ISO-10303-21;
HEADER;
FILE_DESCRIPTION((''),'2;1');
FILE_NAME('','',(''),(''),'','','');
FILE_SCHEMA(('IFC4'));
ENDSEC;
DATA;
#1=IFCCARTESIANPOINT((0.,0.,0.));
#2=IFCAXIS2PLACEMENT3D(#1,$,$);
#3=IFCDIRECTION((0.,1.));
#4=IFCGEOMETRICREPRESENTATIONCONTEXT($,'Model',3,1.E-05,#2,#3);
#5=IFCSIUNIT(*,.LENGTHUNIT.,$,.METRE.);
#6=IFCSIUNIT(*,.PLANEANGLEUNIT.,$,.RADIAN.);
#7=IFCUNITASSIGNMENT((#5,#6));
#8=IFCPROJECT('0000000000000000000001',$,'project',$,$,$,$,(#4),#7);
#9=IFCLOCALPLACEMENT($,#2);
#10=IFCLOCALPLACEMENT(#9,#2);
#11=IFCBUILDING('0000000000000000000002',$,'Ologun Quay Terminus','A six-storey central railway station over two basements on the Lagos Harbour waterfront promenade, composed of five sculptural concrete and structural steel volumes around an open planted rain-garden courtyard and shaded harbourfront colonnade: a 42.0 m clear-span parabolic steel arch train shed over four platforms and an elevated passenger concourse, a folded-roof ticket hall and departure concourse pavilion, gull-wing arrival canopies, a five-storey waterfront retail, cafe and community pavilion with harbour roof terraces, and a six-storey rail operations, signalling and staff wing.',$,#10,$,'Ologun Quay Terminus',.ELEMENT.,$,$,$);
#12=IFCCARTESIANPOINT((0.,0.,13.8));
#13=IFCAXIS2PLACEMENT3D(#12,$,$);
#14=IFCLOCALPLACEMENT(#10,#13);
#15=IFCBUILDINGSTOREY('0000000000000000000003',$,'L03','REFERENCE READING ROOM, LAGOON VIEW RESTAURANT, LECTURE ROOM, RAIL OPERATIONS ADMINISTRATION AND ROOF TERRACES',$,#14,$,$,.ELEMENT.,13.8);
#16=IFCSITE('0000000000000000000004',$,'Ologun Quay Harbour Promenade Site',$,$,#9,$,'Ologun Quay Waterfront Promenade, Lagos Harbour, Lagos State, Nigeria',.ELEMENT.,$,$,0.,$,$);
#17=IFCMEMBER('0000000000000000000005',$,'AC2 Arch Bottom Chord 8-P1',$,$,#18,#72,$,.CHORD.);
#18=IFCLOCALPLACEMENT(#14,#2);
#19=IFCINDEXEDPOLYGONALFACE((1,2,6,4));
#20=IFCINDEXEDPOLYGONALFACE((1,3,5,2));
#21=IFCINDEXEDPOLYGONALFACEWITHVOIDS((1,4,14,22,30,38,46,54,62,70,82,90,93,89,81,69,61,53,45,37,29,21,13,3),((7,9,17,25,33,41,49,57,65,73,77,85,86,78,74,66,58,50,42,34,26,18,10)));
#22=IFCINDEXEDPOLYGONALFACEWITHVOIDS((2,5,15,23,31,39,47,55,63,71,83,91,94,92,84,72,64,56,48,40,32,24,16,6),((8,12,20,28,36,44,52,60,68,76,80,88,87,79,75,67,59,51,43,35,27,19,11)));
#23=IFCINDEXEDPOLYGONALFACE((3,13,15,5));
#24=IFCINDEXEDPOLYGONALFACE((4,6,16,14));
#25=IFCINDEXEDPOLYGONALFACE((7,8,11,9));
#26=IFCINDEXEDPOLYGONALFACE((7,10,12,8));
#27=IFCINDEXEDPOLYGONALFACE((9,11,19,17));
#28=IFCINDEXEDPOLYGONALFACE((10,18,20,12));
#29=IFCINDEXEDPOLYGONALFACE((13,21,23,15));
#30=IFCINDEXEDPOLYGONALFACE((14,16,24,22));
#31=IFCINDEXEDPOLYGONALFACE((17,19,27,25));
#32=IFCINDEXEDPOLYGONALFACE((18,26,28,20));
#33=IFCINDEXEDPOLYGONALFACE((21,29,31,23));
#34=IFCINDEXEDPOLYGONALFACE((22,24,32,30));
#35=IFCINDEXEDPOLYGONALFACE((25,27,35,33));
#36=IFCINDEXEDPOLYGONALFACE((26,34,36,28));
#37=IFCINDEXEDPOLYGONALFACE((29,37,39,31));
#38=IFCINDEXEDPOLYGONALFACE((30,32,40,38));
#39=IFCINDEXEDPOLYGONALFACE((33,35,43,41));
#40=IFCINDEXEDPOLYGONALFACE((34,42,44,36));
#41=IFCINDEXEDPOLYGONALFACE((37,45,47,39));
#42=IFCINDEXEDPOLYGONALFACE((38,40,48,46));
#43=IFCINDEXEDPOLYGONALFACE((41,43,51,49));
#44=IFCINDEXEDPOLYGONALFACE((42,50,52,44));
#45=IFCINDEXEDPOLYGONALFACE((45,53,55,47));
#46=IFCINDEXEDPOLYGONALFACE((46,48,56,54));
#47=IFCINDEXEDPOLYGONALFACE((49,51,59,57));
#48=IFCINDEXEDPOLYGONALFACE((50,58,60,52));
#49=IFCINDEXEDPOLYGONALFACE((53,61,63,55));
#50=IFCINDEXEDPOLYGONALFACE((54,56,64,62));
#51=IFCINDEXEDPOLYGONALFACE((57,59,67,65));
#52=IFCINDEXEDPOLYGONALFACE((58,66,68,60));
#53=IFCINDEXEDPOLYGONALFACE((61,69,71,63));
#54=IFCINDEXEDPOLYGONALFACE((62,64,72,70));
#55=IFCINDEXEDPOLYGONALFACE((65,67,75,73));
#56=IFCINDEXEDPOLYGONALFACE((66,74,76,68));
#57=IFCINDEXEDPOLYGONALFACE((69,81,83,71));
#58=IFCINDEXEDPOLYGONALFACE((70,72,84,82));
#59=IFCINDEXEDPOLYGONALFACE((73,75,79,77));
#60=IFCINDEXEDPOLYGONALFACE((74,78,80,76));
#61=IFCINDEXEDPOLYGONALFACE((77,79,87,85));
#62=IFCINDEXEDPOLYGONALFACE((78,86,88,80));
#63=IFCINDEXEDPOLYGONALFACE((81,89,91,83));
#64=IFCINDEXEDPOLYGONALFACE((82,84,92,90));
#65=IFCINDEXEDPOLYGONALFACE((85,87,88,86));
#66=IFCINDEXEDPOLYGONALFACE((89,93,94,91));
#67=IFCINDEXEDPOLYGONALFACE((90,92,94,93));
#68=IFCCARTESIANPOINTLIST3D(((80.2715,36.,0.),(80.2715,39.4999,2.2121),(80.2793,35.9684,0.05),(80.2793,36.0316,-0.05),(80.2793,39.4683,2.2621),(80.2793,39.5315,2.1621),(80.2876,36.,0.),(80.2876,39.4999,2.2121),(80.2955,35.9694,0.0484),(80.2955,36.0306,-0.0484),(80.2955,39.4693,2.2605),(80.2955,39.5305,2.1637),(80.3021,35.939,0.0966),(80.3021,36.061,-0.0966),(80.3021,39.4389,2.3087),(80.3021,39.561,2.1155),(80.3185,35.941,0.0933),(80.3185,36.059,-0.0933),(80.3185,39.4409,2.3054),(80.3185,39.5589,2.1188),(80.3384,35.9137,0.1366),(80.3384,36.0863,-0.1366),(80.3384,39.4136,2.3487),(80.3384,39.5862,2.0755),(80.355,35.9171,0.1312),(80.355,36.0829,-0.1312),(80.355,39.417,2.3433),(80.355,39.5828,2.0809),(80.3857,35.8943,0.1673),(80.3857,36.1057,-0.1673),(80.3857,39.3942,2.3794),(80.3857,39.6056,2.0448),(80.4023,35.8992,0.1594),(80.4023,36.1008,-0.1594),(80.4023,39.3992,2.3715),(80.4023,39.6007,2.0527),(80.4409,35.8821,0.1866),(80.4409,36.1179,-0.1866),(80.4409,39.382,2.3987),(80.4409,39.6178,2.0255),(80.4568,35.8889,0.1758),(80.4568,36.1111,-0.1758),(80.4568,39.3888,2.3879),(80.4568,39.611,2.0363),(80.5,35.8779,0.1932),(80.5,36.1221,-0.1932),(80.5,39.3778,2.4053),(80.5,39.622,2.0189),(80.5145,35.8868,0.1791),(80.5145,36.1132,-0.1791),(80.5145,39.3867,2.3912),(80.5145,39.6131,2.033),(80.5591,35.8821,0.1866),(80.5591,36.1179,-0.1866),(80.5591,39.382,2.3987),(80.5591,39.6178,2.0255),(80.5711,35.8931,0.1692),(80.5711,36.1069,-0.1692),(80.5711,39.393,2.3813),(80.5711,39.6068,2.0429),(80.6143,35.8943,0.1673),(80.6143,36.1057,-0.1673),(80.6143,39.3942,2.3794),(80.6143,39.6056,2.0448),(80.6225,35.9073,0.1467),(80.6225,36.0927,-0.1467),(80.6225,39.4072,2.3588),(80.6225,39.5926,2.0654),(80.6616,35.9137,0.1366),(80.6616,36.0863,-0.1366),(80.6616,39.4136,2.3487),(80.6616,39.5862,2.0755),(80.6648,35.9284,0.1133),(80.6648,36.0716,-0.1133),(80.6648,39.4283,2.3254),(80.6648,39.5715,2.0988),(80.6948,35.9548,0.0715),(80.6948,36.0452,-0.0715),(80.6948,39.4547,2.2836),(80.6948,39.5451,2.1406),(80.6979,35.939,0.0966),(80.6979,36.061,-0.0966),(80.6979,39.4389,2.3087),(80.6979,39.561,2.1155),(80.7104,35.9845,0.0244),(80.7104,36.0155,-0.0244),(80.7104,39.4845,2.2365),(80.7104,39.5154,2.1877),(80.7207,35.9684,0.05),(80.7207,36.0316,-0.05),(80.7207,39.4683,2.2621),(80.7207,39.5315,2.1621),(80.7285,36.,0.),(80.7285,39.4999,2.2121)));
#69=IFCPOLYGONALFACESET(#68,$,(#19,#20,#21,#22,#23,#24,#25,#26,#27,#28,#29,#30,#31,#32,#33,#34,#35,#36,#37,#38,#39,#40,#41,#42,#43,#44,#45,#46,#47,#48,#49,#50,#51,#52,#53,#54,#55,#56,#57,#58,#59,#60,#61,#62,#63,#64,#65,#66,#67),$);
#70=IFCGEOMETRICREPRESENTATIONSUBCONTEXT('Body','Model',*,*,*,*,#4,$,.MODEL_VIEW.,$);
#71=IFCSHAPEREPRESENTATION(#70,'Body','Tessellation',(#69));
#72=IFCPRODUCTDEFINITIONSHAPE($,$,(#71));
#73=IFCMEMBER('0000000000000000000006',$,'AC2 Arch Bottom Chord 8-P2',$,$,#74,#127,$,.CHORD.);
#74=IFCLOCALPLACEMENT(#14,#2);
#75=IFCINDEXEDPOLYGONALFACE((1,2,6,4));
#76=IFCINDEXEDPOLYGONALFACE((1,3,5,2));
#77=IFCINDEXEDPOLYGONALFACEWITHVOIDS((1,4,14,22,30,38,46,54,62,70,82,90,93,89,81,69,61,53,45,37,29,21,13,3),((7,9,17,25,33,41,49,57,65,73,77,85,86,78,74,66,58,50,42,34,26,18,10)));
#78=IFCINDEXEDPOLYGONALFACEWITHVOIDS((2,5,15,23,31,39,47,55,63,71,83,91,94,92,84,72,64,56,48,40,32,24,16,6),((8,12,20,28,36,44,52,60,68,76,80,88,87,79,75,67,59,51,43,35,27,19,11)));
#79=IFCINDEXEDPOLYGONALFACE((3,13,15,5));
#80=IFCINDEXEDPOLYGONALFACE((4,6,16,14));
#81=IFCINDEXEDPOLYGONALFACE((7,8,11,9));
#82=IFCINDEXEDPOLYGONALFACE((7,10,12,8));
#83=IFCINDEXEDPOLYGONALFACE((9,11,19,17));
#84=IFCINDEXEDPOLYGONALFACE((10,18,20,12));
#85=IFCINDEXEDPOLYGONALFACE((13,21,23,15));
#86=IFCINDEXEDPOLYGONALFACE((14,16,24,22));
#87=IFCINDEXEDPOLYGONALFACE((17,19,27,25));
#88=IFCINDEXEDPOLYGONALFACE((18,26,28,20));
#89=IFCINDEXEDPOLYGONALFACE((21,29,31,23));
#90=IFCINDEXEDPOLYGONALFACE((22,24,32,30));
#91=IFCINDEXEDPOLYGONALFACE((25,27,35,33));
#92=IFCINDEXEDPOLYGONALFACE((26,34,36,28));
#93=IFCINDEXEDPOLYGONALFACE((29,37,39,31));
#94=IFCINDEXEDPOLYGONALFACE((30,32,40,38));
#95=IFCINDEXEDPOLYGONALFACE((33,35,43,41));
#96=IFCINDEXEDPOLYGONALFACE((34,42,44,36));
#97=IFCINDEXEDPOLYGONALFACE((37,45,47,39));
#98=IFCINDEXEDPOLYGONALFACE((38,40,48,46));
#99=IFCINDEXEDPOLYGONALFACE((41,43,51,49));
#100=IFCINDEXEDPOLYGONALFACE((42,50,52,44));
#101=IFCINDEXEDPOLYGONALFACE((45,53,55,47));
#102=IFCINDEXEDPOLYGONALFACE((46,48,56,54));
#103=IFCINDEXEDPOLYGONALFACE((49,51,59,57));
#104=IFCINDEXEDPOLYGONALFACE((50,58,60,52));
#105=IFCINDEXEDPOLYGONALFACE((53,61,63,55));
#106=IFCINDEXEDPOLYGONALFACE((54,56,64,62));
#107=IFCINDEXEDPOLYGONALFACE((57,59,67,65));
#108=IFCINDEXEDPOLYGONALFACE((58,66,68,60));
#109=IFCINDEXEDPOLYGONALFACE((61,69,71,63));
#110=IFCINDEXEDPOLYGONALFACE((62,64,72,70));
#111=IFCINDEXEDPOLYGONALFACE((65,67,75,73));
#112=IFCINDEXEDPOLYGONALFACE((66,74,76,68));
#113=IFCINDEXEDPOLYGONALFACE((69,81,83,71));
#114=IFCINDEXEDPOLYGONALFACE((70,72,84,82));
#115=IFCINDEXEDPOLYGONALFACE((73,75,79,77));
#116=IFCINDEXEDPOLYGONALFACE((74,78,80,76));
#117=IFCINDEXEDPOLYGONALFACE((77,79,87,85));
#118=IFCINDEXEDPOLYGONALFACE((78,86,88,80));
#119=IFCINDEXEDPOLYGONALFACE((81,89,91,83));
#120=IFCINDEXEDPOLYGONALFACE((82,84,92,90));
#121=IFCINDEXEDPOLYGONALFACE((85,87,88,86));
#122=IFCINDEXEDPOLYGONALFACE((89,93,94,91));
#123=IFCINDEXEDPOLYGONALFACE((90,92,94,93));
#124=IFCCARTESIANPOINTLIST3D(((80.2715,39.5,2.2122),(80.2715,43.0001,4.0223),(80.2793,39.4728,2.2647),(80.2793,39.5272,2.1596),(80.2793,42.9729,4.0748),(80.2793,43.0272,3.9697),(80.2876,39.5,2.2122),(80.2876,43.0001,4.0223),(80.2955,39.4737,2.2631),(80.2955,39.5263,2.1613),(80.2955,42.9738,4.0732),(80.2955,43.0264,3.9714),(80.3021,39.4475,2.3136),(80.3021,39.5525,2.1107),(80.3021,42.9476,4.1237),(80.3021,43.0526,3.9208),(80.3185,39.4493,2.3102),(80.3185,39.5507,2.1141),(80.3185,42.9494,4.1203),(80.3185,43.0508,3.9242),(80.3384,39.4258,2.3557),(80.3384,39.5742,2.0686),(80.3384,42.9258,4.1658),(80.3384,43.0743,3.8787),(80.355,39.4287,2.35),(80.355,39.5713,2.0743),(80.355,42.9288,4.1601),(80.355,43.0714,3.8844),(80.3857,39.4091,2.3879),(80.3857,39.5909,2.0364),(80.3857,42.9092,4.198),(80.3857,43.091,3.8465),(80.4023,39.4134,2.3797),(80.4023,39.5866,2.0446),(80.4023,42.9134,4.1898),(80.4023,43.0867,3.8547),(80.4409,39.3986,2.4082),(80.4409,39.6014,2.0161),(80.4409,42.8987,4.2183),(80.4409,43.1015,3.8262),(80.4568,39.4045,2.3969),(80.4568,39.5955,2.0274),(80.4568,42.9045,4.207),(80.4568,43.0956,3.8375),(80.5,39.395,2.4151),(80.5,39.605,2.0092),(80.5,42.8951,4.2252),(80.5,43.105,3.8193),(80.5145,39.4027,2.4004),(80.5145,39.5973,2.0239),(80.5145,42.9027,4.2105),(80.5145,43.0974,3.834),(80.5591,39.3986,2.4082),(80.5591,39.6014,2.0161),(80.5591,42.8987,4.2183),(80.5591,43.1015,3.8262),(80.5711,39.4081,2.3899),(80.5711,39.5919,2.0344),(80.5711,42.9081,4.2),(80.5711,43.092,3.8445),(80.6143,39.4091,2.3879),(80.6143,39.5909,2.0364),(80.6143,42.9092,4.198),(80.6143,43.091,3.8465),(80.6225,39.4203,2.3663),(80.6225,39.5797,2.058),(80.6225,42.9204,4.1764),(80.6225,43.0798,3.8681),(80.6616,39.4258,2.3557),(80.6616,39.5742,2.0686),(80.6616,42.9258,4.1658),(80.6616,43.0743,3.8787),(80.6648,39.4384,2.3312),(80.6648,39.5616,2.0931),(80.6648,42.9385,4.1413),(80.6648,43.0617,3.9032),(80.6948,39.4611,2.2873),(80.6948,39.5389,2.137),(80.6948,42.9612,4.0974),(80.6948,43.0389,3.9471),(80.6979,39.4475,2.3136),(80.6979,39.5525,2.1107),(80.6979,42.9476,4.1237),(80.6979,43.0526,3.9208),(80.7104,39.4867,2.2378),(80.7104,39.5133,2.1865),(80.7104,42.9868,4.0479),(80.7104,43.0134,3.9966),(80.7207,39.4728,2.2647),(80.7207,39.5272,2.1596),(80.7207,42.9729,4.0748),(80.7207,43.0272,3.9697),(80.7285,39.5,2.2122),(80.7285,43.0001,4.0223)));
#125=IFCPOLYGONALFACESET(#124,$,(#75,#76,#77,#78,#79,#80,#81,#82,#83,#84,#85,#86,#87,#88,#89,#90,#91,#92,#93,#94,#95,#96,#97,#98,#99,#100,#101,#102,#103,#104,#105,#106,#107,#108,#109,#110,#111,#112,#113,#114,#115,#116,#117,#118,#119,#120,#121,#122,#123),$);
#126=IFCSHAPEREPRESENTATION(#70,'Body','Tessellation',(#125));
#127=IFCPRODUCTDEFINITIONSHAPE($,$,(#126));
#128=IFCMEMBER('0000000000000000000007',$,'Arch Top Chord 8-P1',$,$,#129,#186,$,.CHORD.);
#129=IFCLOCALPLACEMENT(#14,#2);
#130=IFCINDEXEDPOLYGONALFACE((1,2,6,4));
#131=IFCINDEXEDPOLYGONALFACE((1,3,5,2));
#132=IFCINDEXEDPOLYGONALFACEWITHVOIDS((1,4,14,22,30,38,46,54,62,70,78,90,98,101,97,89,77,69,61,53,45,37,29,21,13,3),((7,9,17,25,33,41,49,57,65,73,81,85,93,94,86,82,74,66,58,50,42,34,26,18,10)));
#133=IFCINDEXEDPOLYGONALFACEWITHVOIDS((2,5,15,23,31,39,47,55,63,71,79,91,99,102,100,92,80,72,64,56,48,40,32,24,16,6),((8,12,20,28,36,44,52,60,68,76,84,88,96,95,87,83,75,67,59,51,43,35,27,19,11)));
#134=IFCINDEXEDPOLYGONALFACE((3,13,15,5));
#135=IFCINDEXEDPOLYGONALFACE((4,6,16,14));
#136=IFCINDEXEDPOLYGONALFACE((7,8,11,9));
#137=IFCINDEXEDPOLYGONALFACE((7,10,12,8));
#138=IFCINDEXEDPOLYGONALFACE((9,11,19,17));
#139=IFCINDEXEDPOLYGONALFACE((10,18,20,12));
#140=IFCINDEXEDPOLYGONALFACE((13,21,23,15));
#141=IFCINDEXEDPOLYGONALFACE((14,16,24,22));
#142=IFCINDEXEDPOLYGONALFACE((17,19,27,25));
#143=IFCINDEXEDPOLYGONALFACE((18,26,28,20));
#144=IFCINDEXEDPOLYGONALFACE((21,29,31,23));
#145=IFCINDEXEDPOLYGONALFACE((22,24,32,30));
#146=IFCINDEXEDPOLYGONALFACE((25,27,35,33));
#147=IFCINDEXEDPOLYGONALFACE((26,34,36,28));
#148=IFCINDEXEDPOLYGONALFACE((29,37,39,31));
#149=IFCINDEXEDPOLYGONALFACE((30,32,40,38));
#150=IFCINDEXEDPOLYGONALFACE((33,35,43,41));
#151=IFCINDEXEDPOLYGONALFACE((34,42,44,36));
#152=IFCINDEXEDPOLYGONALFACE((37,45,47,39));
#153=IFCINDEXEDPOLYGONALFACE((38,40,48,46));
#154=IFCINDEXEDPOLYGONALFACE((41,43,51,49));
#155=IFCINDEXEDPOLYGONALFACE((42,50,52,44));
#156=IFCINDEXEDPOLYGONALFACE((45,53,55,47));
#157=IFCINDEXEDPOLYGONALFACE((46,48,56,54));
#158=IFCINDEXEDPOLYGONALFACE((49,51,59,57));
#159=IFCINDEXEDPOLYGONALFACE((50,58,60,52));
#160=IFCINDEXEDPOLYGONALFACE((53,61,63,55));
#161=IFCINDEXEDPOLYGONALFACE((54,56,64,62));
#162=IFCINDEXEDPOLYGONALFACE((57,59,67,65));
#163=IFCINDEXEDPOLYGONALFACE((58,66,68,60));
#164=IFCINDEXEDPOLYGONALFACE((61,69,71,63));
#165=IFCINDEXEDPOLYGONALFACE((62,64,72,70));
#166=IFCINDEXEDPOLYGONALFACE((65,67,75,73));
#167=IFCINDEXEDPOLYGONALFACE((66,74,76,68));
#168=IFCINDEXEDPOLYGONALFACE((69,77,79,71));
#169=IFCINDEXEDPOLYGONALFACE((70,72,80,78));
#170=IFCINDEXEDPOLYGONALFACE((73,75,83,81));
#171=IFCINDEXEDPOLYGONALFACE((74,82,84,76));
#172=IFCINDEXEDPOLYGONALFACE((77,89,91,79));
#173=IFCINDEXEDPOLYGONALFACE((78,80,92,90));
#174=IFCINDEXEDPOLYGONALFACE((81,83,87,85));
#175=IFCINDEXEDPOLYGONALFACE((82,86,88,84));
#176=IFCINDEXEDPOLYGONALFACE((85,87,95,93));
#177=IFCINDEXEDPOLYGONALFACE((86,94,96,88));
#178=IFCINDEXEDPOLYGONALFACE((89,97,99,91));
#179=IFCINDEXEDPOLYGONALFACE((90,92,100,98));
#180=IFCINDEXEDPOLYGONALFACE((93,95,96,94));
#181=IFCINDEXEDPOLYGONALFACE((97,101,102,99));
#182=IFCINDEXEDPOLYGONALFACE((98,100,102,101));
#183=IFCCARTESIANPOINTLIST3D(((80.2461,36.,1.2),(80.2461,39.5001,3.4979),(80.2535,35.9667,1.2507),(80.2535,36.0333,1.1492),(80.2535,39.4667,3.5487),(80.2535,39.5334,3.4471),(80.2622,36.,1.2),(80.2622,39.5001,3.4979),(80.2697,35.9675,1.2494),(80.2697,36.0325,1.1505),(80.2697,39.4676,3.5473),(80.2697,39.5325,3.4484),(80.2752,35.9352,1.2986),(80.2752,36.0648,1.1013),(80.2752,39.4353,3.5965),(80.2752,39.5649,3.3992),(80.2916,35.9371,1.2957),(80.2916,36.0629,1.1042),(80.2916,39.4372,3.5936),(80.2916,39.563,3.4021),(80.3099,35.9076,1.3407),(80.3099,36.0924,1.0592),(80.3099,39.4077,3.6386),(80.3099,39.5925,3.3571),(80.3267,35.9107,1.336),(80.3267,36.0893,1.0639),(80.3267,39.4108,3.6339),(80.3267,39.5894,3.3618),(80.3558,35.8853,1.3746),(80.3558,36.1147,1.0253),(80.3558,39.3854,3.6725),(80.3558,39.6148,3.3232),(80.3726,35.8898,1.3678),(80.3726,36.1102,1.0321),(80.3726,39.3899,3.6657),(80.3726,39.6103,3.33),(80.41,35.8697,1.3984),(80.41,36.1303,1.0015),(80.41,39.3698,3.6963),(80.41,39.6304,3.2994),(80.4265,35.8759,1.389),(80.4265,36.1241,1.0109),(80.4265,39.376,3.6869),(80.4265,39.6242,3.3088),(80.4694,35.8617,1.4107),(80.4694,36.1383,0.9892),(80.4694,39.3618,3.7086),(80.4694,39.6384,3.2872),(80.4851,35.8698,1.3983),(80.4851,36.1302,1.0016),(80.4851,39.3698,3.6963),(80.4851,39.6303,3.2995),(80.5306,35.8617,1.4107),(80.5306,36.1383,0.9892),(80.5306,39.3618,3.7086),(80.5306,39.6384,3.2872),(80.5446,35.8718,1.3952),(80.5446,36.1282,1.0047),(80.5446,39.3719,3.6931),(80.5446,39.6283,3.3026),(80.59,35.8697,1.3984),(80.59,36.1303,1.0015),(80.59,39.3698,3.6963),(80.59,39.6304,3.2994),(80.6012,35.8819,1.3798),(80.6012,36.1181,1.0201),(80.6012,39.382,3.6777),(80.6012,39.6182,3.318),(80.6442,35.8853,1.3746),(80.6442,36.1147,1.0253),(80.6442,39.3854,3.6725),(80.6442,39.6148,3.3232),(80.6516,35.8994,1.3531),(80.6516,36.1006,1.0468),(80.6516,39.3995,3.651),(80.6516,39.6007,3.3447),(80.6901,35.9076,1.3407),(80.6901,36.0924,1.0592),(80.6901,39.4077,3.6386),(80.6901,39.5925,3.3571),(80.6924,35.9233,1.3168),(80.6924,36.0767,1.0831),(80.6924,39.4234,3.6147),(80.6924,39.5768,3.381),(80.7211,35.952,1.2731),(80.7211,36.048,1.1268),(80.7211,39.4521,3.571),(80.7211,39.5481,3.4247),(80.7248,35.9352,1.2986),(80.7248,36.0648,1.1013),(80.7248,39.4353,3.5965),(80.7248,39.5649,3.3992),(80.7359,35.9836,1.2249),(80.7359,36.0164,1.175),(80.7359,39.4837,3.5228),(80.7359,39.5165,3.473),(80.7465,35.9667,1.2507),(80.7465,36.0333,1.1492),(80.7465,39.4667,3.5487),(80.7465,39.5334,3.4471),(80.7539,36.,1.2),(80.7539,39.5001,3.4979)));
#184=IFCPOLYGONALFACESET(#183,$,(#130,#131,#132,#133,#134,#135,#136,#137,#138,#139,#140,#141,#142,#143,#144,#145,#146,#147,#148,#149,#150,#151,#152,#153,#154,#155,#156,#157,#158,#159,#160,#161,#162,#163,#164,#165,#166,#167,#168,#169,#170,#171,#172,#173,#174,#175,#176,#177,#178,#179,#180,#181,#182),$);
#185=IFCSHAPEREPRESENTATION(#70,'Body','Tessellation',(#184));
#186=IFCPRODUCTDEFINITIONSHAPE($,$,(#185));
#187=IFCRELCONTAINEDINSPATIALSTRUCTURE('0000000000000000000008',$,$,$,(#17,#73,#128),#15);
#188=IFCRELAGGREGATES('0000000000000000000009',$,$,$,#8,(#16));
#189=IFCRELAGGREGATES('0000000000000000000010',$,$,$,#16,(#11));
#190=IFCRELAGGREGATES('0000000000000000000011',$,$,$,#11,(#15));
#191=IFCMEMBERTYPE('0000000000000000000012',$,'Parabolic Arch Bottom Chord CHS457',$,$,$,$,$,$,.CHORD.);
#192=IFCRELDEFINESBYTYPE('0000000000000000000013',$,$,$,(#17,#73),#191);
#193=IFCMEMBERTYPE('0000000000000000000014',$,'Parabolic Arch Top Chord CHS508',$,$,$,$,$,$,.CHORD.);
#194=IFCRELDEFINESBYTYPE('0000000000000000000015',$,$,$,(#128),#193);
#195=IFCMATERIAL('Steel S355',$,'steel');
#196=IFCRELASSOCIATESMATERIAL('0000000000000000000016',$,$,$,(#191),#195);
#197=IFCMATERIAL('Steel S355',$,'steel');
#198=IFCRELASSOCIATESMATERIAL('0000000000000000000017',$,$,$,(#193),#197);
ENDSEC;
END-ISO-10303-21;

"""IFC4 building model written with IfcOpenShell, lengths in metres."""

from ifc_helpers import new_model, si_unit, direction, frame, origin, origin_2d, place, context, subcontext, project, spatial, hollow_circle, extrude, material, material_profile, profile_set, type_object, element, save


model = new_model("IFC4")

# Units and contexts
model_context = context("Model", 3, precision=1e-05, world=origin(), true_north=direction((0.0, 1.0)))
body_context = subcontext(model_context, "Body", "Model", "MODEL_VIEW")
ifc_project = project(units=[si_unit("LENGTHUNIT", "METRE"), si_unit("PLANEANGLEUNIT", "RADIAN")], contexts=[model_context])

# Site, building, storey
site_placement = place(None, origin())
site = spatial("IfcSite", under=ifc_project, at=site_placement, Name="Ologun Quay Harbour Promenade Site", LongName="Ologun Quay Waterfront Promenade, Lagos Harbour, Lagos State, Nigeria", CompositionType="ELEMENT", RefElevation=0.0)
building_placement = place(site_placement, origin())
building = spatial("IfcBuilding", under=site, at=building_placement, Name="Ologun Quay Terminus", Description="A six-storey central railway station over two basements on the Lagos Harbour waterfront promenade, composed of five sculptural concrete and structural steel volumes around an open planted rain-garden courtyard and shaded harbourfront colonnade: a 42.0 m clear-span parabolic steel arch train shed over four platforms and an elevated passenger concourse, a folded-roof ticket hall and departure concourse pavilion, gull-wing arrival canopies, a five-storey waterfront retail, cafe and community pavilion with harbour roof terraces, and a six-storey rail operations, signalling and staff wing.", LongName="Ologun Quay Terminus", CompositionType="ELEMENT")
storey_placement = place(building_placement, frame((0.0, 0.0, 13.8)))
storey = spatial("IfcBuildingStorey", under=building, at=storey_placement, Name="L03", Description="REFERENCE READING ROOM, LAGOON VIEW RESTAURANT, LECTURE ROOM, RAIL OPERATIONS ADMINISTRATION AND ROOF TERRACES", CompositionType="ELEMENT", Elevation=13.8)

# Members
ifc_material_1 = material(Name="Steel S355", Category="steel")
ifc_material_profile_1 = material_profile(ifc_material_1, hollow_circle(Radius=0.2285, WallThickness=0.0161, at=origin_2d()), Name="CHS 457x16")
ifc_profile_set_1 = profile_set([ifc_material_profile_1], Name="Steel S355")
member_type_1 = type_object("IfcMemberType", Name="Parabolic Arch Bottom Chord CHS457", PredefinedType="CHORD", material=ifc_profile_set_1)
member_1_placement = place(storey_placement, frame((80.5, 36.0, 0.0), z_axis=(0.0, 0.845311, 0.534275), x_axis=(-1.0, 0.0, 0.0)))
element("IfcMember", 1, at=member_1_placement, inside=storey, type_object=member_type_1, Name="AC2 Arch Bottom Chord 8-P1", PredefinedType="CHORD", context=body_context, shape_type="SweptSolid", body=[
    extrude(hollow_circle(Radius=0.2285, WallThickness=0.0161, at=origin_2d()), origin(), (0.0, 0.0, 1.0), 4.1404),
])
member_2_placement = place(storey_placement, frame((80.5, 39.5, 2.2122), z_axis=(0.0, 0.888247, 0.459366), x_axis=(-1.0, 0.0, 0.0)))
element("IfcMember", 2, at=member_2_placement, inside=storey, type_object=member_type_1, Name="AC2 Arch Bottom Chord 8-P2", PredefinedType="CHORD", context=body_context, shape_type="SweptSolid", body=[
    extrude(hollow_circle(Radius=0.2285, WallThickness=0.0161, at=origin_2d()), origin(), (0.0, 0.0, 1.0), 3.9404),
])
ifc_material_2 = material(Name="Steel S355", Category="steel")
ifc_material_profile_2 = material_profile(ifc_material_2, hollow_circle(Radius=0.2539, WallThickness=0.0161, at=origin_2d()), Name="CHS 508x16")
ifc_profile_set_2 = profile_set([ifc_material_profile_2], Name="Steel S355")
member_type_2 = type_object("IfcMemberType", Name="Parabolic Arch Top Chord CHS508", PredefinedType="CHORD", material=ifc_profile_set_2)
member_3_placement = place(storey_placement, frame((80.5, 36.0, 1.2), z_axis=(0.0, 0.835941, 0.548819), x_axis=(-1.0, 0.0, 0.0)))
element("IfcMember", 3, at=member_3_placement, inside=storey, type_object=member_type_2, Name="Arch Top Chord 8-P1", PredefinedType="CHORD", context=body_context, shape_type="SweptSolid", body=[
    extrude(hollow_circle(Radius=0.2539, WallThickness=0.0161, at=origin_2d()), origin(), (0.0, 0.0, 1.0), 4.187),
])

save(model, "model.ifc")
